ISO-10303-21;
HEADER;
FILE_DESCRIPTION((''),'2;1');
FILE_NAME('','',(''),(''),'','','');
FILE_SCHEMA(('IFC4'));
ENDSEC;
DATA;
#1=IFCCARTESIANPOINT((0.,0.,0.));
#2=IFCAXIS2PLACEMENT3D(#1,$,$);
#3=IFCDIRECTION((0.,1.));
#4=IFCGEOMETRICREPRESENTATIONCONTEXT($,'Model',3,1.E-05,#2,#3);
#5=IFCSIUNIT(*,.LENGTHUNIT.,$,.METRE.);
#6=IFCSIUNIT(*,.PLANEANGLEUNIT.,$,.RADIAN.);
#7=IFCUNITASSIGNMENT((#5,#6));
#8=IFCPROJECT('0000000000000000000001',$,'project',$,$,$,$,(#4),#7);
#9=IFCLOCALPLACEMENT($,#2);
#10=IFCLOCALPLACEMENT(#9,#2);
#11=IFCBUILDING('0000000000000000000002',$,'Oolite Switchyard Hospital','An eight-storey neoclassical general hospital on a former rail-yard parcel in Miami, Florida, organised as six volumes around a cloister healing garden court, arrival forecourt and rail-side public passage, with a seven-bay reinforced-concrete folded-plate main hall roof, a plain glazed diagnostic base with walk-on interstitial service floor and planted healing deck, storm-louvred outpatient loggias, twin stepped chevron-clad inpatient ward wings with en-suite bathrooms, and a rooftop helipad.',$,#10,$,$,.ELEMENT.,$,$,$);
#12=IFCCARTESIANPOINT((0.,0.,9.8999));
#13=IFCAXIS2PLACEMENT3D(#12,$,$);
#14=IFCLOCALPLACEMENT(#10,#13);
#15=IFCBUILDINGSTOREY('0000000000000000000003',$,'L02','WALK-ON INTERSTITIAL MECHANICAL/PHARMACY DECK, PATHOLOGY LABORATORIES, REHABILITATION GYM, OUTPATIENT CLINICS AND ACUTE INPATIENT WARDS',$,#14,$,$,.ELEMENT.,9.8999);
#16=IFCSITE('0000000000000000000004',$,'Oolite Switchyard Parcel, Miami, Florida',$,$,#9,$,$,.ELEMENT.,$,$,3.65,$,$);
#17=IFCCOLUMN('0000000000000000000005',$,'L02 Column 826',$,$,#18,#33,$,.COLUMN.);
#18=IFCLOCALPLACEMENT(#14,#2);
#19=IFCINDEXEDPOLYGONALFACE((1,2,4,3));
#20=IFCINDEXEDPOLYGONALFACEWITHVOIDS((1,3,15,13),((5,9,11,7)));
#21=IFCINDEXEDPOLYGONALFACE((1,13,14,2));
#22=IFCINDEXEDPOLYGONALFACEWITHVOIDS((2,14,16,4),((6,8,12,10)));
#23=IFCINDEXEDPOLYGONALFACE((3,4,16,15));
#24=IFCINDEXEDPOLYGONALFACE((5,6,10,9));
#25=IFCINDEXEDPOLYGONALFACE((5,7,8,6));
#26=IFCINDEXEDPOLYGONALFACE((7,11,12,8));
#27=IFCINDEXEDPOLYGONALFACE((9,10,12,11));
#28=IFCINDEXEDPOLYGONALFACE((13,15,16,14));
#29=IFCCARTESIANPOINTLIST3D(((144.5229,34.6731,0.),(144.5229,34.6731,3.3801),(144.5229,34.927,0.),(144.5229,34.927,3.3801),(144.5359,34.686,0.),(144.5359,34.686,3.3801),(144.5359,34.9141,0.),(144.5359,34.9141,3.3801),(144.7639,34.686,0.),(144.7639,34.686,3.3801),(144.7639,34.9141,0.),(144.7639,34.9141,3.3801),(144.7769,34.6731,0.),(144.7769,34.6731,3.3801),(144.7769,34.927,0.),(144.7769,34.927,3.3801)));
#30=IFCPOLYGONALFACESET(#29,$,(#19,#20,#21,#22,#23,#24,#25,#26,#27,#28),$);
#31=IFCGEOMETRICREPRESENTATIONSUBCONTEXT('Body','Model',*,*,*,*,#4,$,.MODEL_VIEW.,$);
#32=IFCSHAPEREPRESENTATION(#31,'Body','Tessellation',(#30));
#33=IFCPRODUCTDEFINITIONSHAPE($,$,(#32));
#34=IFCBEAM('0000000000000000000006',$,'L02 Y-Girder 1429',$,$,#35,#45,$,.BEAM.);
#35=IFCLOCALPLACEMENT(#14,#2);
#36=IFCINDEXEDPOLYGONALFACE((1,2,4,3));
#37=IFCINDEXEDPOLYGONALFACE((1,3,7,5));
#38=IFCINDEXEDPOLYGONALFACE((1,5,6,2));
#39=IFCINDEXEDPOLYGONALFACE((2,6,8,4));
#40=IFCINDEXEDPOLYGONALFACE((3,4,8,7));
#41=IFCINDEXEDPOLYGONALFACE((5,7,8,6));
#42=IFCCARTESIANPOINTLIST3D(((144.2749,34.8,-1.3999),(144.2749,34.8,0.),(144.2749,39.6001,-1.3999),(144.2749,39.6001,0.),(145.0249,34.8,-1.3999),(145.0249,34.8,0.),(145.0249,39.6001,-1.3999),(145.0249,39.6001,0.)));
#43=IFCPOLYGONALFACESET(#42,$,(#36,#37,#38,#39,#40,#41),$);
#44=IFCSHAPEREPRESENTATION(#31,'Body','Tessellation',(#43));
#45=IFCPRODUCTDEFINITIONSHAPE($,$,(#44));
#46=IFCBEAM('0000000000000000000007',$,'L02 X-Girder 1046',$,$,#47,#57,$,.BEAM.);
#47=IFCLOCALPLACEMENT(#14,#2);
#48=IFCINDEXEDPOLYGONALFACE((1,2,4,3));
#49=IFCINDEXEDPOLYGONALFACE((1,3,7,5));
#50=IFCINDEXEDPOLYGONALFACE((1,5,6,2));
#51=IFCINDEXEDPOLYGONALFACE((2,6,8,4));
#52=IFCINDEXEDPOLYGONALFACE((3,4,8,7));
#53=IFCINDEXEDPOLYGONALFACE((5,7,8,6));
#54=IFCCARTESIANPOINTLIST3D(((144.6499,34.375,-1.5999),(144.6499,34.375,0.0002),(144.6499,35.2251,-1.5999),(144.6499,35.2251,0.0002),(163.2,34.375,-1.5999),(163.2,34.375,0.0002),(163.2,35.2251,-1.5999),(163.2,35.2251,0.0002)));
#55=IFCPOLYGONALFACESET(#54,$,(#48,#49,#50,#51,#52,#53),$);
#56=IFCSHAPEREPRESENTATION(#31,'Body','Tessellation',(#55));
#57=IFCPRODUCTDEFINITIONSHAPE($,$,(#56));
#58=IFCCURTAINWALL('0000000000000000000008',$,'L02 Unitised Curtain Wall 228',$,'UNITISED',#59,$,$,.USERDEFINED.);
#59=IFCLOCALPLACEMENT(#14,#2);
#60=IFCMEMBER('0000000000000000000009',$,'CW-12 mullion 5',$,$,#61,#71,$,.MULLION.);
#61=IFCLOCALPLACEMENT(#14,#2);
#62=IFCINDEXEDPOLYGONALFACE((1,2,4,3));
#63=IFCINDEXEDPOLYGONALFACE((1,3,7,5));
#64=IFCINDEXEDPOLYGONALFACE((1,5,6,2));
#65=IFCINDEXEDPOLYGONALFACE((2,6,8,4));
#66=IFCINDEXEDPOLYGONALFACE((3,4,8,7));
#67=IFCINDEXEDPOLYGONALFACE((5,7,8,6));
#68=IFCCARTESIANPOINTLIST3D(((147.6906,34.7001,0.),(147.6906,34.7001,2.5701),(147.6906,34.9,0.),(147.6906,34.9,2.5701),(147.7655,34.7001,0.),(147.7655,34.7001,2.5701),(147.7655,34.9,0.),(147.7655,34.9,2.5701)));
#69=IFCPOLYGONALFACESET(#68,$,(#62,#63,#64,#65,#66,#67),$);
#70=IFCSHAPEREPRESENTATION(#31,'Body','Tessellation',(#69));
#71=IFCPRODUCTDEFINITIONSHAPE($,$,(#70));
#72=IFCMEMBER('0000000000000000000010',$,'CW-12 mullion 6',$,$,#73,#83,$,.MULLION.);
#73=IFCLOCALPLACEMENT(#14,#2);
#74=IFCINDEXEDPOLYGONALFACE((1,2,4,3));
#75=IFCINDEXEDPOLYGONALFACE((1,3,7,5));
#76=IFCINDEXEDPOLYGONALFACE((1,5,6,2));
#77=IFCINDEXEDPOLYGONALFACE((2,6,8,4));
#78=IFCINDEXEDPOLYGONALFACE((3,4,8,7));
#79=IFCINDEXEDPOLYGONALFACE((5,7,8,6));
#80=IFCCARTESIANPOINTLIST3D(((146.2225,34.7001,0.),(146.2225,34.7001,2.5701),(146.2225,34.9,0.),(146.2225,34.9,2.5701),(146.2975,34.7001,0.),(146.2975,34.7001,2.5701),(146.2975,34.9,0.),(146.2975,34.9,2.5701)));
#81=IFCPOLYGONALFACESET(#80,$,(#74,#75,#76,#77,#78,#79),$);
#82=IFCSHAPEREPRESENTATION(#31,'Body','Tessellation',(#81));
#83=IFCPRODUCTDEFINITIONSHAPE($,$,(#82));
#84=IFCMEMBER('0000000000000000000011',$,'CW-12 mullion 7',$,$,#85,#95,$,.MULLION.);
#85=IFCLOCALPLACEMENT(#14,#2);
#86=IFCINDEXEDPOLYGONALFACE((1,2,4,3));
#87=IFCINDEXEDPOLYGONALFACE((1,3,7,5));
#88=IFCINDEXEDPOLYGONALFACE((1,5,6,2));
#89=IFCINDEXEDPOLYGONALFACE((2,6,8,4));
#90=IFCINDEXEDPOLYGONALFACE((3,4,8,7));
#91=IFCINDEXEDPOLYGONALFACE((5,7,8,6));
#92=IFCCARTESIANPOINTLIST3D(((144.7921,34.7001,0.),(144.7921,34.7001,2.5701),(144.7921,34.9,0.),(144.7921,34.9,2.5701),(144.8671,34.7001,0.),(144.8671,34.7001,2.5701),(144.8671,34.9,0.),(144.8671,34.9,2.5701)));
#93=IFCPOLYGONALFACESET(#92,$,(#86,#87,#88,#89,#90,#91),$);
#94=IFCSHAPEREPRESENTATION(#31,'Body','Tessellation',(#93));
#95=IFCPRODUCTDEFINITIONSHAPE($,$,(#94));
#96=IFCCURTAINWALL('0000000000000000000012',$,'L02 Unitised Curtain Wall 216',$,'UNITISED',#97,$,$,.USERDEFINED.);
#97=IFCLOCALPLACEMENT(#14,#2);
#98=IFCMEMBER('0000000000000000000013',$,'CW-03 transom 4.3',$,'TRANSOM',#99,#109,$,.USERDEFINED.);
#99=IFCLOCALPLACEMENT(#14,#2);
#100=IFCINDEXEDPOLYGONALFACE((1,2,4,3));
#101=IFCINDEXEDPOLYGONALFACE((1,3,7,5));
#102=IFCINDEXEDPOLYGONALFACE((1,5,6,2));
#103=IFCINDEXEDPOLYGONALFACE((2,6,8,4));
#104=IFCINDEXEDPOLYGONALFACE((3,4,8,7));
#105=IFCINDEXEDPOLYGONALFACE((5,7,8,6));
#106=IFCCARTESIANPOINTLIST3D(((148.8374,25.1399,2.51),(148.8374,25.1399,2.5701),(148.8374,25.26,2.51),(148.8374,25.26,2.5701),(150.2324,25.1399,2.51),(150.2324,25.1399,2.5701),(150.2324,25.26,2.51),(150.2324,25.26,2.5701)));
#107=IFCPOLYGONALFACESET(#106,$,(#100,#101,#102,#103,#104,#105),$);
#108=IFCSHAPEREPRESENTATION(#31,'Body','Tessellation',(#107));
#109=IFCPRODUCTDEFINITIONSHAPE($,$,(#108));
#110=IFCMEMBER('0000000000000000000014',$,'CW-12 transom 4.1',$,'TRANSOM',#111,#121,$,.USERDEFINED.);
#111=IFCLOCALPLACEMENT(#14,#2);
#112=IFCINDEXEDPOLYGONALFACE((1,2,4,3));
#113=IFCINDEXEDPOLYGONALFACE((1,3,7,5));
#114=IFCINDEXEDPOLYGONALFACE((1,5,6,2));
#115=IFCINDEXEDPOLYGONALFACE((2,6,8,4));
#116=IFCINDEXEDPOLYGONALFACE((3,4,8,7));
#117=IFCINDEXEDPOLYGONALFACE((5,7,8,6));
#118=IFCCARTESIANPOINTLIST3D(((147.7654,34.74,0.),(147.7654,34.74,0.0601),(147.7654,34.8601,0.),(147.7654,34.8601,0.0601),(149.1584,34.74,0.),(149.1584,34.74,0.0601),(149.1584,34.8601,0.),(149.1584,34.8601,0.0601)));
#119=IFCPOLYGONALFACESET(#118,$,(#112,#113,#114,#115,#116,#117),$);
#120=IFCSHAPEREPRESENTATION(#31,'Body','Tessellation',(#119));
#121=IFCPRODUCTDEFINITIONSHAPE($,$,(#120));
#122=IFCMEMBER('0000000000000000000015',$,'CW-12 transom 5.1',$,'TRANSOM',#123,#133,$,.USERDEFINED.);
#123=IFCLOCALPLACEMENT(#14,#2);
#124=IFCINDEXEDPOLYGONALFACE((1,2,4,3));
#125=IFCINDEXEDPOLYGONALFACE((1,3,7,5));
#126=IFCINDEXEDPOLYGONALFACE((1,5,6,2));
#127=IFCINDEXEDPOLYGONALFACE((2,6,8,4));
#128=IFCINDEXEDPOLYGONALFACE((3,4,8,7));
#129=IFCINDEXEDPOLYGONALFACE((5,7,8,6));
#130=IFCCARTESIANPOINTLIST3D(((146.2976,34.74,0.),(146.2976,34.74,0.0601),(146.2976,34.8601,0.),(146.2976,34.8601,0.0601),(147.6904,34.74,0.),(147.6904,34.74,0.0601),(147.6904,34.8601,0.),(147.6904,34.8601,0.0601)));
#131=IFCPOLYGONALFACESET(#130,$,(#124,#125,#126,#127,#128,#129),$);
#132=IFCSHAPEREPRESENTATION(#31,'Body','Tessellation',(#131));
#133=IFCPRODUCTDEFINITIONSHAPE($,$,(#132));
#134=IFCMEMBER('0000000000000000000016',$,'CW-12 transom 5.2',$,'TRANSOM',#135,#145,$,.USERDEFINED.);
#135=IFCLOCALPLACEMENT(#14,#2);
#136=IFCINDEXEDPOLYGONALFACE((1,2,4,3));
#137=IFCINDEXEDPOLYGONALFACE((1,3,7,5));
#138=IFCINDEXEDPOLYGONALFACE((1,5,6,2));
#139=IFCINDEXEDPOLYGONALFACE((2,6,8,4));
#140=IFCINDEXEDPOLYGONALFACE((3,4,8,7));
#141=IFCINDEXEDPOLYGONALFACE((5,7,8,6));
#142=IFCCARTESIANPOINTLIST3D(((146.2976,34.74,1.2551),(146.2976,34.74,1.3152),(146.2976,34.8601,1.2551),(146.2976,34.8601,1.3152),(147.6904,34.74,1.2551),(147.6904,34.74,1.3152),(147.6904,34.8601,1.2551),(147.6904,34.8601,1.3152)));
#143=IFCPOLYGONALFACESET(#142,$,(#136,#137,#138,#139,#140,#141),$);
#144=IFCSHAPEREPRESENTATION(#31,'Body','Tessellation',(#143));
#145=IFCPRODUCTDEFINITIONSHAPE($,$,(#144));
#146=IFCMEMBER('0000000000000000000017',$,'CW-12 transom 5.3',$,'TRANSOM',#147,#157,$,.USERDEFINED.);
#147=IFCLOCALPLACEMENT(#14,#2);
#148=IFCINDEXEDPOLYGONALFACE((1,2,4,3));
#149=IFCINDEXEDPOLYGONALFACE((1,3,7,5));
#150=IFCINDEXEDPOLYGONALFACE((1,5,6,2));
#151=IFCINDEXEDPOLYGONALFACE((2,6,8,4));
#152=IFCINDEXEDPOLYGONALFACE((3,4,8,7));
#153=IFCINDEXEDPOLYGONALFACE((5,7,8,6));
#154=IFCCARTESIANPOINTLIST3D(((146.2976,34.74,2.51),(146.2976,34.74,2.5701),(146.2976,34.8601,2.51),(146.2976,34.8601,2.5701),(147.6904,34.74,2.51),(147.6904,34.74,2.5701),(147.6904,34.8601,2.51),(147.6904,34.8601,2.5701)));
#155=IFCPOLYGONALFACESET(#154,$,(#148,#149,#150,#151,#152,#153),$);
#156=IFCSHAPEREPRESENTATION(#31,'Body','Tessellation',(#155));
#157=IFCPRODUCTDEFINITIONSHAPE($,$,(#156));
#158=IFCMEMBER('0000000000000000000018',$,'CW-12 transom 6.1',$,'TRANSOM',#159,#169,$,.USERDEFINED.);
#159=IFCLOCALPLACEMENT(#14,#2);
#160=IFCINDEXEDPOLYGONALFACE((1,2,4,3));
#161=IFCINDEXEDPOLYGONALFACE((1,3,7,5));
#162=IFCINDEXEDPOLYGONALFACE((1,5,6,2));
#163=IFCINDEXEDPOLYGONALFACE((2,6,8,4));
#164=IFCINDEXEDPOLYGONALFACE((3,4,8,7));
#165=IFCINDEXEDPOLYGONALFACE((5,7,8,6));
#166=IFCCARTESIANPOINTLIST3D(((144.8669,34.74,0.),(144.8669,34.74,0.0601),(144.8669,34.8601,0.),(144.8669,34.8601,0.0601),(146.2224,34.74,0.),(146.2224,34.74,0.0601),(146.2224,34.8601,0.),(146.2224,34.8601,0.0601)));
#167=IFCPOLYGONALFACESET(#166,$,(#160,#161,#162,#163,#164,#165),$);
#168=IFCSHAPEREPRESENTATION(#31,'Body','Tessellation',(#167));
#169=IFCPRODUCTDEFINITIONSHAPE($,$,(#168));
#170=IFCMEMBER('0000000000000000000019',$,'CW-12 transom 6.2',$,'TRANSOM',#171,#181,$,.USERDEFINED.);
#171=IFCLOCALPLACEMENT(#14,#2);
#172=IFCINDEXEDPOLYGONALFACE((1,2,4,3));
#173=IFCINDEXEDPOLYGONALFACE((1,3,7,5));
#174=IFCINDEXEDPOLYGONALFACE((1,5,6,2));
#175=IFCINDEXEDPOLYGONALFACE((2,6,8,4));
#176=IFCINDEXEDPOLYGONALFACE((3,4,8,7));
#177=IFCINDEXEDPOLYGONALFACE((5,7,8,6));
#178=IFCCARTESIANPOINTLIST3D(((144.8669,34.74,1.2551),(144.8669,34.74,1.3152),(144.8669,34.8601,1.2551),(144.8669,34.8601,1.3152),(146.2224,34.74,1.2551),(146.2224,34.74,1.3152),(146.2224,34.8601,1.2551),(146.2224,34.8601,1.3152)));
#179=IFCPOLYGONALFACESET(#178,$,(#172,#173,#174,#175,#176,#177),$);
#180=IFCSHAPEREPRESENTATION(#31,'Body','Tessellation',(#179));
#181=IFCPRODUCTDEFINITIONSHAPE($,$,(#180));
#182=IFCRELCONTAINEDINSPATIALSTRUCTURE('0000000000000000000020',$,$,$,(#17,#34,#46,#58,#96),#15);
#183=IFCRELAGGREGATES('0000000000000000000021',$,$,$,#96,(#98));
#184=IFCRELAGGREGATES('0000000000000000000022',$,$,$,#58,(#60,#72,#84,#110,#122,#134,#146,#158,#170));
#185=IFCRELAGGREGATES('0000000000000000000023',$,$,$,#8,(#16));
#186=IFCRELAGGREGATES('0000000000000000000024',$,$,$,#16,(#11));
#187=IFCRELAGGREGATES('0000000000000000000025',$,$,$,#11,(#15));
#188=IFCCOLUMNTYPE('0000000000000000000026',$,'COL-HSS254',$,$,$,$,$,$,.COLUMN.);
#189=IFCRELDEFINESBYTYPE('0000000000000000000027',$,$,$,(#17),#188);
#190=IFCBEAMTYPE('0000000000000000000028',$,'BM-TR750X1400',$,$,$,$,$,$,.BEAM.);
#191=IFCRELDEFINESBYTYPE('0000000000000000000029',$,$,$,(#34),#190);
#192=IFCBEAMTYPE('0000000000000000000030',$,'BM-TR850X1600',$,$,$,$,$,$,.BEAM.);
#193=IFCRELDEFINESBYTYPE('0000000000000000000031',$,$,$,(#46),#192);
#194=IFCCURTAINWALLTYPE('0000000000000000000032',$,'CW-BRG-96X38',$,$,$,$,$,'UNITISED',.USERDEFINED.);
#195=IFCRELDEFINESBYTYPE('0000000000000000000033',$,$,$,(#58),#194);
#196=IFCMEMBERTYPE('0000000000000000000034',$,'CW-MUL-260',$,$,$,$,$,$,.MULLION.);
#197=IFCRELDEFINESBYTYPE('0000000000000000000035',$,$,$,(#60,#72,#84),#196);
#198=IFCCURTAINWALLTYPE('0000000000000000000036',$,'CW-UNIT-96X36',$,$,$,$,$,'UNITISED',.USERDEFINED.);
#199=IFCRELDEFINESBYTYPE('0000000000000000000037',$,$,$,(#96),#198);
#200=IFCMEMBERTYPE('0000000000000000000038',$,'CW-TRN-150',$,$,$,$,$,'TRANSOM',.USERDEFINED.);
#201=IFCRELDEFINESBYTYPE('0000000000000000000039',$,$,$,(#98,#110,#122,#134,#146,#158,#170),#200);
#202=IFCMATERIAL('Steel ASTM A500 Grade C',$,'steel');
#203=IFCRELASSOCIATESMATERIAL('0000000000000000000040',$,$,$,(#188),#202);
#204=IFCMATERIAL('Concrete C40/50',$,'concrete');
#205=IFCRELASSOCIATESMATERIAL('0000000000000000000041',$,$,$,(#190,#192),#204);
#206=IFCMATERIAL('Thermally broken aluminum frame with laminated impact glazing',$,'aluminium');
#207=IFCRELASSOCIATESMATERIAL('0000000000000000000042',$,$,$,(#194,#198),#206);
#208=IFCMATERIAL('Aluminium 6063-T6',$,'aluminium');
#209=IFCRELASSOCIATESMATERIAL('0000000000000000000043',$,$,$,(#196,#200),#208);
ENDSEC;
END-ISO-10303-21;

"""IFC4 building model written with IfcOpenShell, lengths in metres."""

from ifc_helpers import new_model, si_unit, direction, frame, origin, origin_2d, place, context, subcontext, project, spatial, rectangle, hollow_rectangle, extrude, material, material_profile, profile_set, type_object, element, aggregate, save


model = new_model("IFC4")

# Units and contexts
model_context = context("Model", 3, precision=1e-05, world=origin(), true_north=direction((0.0, 1.0)))
body_context = subcontext(model_context, "Body", "Model", "MODEL_VIEW")
ifc_project = project(units=[si_unit("LENGTHUNIT", "METRE"), si_unit("PLANEANGLEUNIT", "RADIAN")], contexts=[model_context])

# Site, building, storey
site_placement = place(None, origin())
site = spatial("IfcSite", under=ifc_project, at=site_placement, Name="Oolite Switchyard Parcel, Miami, Florida", CompositionType="ELEMENT", RefElevation=3.65)
building_placement = place(site_placement, origin())
building = spatial("IfcBuilding", under=site, at=building_placement, Name="Oolite Switchyard Hospital", Description="An eight-storey neoclassical general hospital on a former rail-yard parcel in Miami, Florida, organised as six volumes around a cloister healing garden court, arrival forecourt and rail-side public passage, with a seven-bay reinforced-concrete folded-plate main hall roof, a plain glazed diagnostic base with walk-on interstitial service floor and planted healing deck, storm-louvred outpatient loggias, twin stepped chevron-clad inpatient ward wings with en-suite bathrooms, and a rooftop helipad.", CompositionType="ELEMENT")
storey_placement = place(building_placement, frame((0.0, 0.0, 9.8999)))
storey = spatial("IfcBuildingStorey", under=building, at=storey_placement, Name="L02", Description="WALK-ON INTERSTITIAL MECHANICAL/PHARMACY DECK, PATHOLOGY LABORATORIES, REHABILITATION GYM, OUTPATIENT CLINICS AND ACUTE INPATIENT WARDS", CompositionType="ELEMENT", Elevation=9.8999)

# Column
ifc_material_1 = material(Name="Steel ASTM A500 Grade C", Category="steel")
ifc_material_profile_1 = material_profile(ifc_material_1, hollow_rectangle(XDim=0.2539, YDim=0.2539, WallThickness=0.0129, at=origin_2d()), Name="HSS254X254X13")
ifc_profile_set_1 = profile_set([ifc_material_profile_1], Name="Steel ASTM A500 Grade C")
column_type = type_object("IfcColumnType", Name="COL-HSS254", PredefinedType="COLUMN", material=ifc_profile_set_1)
column_placement = place(storey_placement, frame((144.6499, 34.8, 0.0), z_axis=(0.0, 0.0, 1.0), x_axis=(1.0, 0.0, 0.0)))
element("IfcColumn", 1, at=column_placement, inside=storey, type_object=column_type, Name="L02 Column 826", PredefinedType="COLUMN", context=body_context, shape_type="SweptSolid", body=[
    extrude(hollow_rectangle(XDim=0.2539, YDim=0.2539, WallThickness=0.0129, at=origin_2d()), origin(), (0.0, 0.0, 1.0), 3.3801),
])

# Beams
ifc_material_2 = material(Name="Concrete C40/50", Category="concrete")
ifc_material_profile_2 = material_profile(ifc_material_2, rectangle(XDim=0.75, YDim=1.3999, at=origin_2d()), Name="RCT750X1400")
ifc_profile_set_2 = profile_set([ifc_material_profile_2], Name="Concrete C40/50")
beam_type_1 = type_object("IfcBeamType", Name="BM-TR750X1400", PredefinedType="BEAM", material=ifc_profile_set_2)
beam_1_placement = place(storey_placement, frame((144.6499, 34.8, -0.7), z_axis=(0.0, 1.0, 0.0), x_axis=(-1.0, 0.0, 0.0)))
element("IfcBeam", 2, at=beam_1_placement, inside=storey, type_object=beam_type_1, Name="L02 Y-Girder 1429", PredefinedType="BEAM", context=body_context, shape_type="SweptSolid", body=[
    extrude(rectangle(XDim=0.75, YDim=1.3999, at=origin_2d()), origin(), (0.0, 0.0, 1.0), 4.8),
])
ifc_material_profile_3 = material_profile(ifc_material_2, rectangle(XDim=0.8501, YDim=1.6001, at=origin_2d()), Name="RCT850X1600")
ifc_profile_set_3 = profile_set([ifc_material_profile_3], Name="Concrete C40/50")
beam_type_2 = type_object("IfcBeamType", Name="BM-TR850X1600", PredefinedType="BEAM", material=ifc_profile_set_3)
beam_2_placement = place(storey_placement, frame((144.6499, 34.8, -0.7998), z_axis=(1.0, 0.0, 0.0), x_axis=(0.0, 1.0, 0.0)))
element("IfcBeam", 3, at=beam_2_placement, inside=storey, type_object=beam_type_2, Name="L02 X-Girder 1046", PredefinedType="BEAM", context=body_context, shape_type="SweptSolid", body=[
    extrude(rectangle(XDim=0.8501, YDim=1.6001, at=origin_2d()), origin(), (0.0, 0.0, 1.0), 18.55),
])

# Curtain wall, members
ifc_material_3 = material(Name="Thermally broken aluminum frame with laminated impact glazing", Category="aluminium")
curtain_wall_type_1 = type_object("IfcCurtainWallType", Name="CW-BRG-96X38", ElementType="UNITISED", PredefinedType="USERDEFINED", material=ifc_material_3)
curtain_wall_1_placement = place(storey_placement, origin())
curtain_wall_1 = element("IfcCurtainWall", 4, at=curtain_wall_1_placement, inside=storey, type_object=curtain_wall_type_1, Name="L02 Unitised Curtain Wall 228", ObjectType="UNITISED", PredefinedType="USERDEFINED")
ifc_material_4 = material(Name="Aluminium 6063-T6", Category="aluminium")
ifc_material_profile_4 = material_profile(ifc_material_4, rectangle(XDim=0.2, YDim=0.075, at=origin_2d()), Name="CWM75X200")
ifc_profile_set_4 = profile_set([ifc_material_profile_4], Name="Aluminium 6063-T6")
member_type_1 = type_object("IfcMemberType", Name="CW-MUL-260", PredefinedType="MULLION", material=ifc_profile_set_4)
member_1_placement = place(storey_placement, frame((147.728, 34.8, 0.0), z_axis=(0.0, 0.0, 1.0), x_axis=(0.0, -1.0, 0.0)))
member_1 = element("IfcMember", 5, at=member_1_placement, type_object=member_type_1, Name="CW-12 mullion 5", PredefinedType="MULLION", context=body_context, shape_type="SweptSolid", body=[
    extrude(rectangle(XDim=0.2, YDim=0.075, at=origin_2d()), origin(), (0.0, 0.0, 1.0), 2.5701),
])
member_2_placement = place(storey_placement, frame((146.26, 34.8, 0.0), z_axis=(0.0, 0.0, 1.0), x_axis=(0.0, -1.0, 0.0)))
member_2 = element("IfcMember", 6, at=member_2_placement, type_object=member_type_1, Name="CW-12 mullion 6", PredefinedType="MULLION", context=body_context, shape_type="SweptSolid", body=[
    extrude(rectangle(XDim=0.2, YDim=0.075, at=origin_2d()), origin(), (0.0, 0.0, 1.0), 2.5701),
])
member_3_placement = place(storey_placement, frame((144.8296, 34.8, 0.0), z_axis=(0.0, 0.0, 1.0), x_axis=(0.0, -1.0, 0.0)))
member_3 = element("IfcMember", 7, at=member_3_placement, type_object=member_type_1, Name="CW-12 mullion 7", PredefinedType="MULLION", context=body_context, shape_type="SweptSolid", body=[
    extrude(rectangle(XDim=0.2, YDim=0.075, at=origin_2d()), origin(), (0.0, 0.0, 1.0), 2.5701),
])

# Curtain wall, member
curtain_wall_type_2 = type_object("IfcCurtainWallType", Name="CW-UNIT-96X36", ElementType="UNITISED", PredefinedType="USERDEFINED", material=ifc_material_3)
curtain_wall_2_placement = place(storey_placement, origin())
curtain_wall_2 = element("IfcCurtainWall", 8, at=curtain_wall_2_placement, inside=storey, type_object=curtain_wall_type_2, Name="L02 Unitised Curtain Wall 216", ObjectType="UNITISED", PredefinedType="USERDEFINED")
ifc_material_profile_5 = material_profile(ifc_material_4, rectangle(XDim=0.1201, YDim=0.0601, at=origin_2d()), Name="CWT60X120")
ifc_profile_set_5 = profile_set([ifc_material_profile_5], Name="Aluminium 6063-T6")
member_type_2 = type_object("IfcMemberType", Name="CW-TRN-150", ElementType="TRANSOM", PredefinedType="USERDEFINED", material=ifc_profile_set_5)
member_4_placement = place(storey_placement, frame((148.8374, 25.2, 2.54), z_axis=(1.0, 0.0, 0.0), x_axis=(0.0, 1.0, 0.0)))
member_4 = element("IfcMember", 9, at=member_4_placement, type_object=member_type_2, Name="CW-03 transom 4.3", ObjectType="TRANSOM", PredefinedType="USERDEFINED", context=body_context, shape_type="SweptSolid", body=[
    extrude(rectangle(XDim=0.1201, YDim=0.0601, at=origin_2d()), origin(), (0.0, 0.0, 1.0), 1.395),
])
aggregate(curtain_wall_2, [member_4])

# Members
member_5_placement = place(storey_placement, frame((149.1584, 34.8, 0.03), z_axis=(-1.0, 0.0, 0.0), x_axis=(0.0, -1.0, 0.0)))
member_5 = element("IfcMember", 10, at=member_5_placement, type_object=member_type_2, Name="CW-12 transom 4.1", ObjectType="TRANSOM", PredefinedType="USERDEFINED", context=body_context, shape_type="SweptSolid", body=[
    extrude(rectangle(XDim=0.1201, YDim=0.0601, at=origin_2d()), origin(), (0.0, 0.0, 1.0), 1.3931),
])
member_6_placement = place(storey_placement, frame((147.6904, 34.8, 0.03), z_axis=(-1.0, 0.0, 0.0), x_axis=(0.0, -1.0, 0.0)))
member_6 = element("IfcMember", 11, at=member_6_placement, type_object=member_type_2, Name="CW-12 transom 5.1", ObjectType="TRANSOM", PredefinedType="USERDEFINED", context=body_context, shape_type="SweptSolid", body=[
    extrude(rectangle(XDim=0.1201, YDim=0.0601, at=origin_2d()), origin(), (0.0, 0.0, 1.0), 1.3928),
])
member_7_placement = place(storey_placement, frame((147.6904, 34.8, 1.2852), z_axis=(-1.0, 0.0, 0.0), x_axis=(0.0, -1.0, 0.0)))
member_7 = element("IfcMember", 12, at=member_7_placement, type_object=member_type_2, Name="CW-12 transom 5.2", ObjectType="TRANSOM", PredefinedType="USERDEFINED", context=body_context, shape_type="SweptSolid", body=[
    extrude(rectangle(XDim=0.1201, YDim=0.0601, at=origin_2d()), origin(), (0.0, 0.0, 1.0), 1.3928),
])
member_8_placement = place(storey_placement, frame((147.6904, 34.8, 2.54), z_axis=(-1.0, 0.0, 0.0), x_axis=(0.0, -1.0, 0.0)))
member_8 = element("IfcMember", 13, at=member_8_placement, type_object=member_type_2, Name="CW-12 transom 5.3", ObjectType="TRANSOM", PredefinedType="USERDEFINED", context=body_context, shape_type="SweptSolid", body=[
    extrude(rectangle(XDim=0.1201, YDim=0.0601, at=origin_2d()), origin(), (0.0, 0.0, 1.0), 1.3928),
])
member_9_placement = place(storey_placement, frame((146.2224, 34.8, 0.03), z_axis=(-1.0, 0.0, 0.0), x_axis=(0.0, -1.0, 0.0)))
member_9 = element("IfcMember", 14, at=member_9_placement, type_object=member_type_2, Name="CW-12 transom 6.1", ObjectType="TRANSOM", PredefinedType="USERDEFINED", context=body_context, shape_type="SweptSolid", body=[
    extrude(rectangle(XDim=0.1201, YDim=0.0601, at=origin_2d()), origin(), (0.0, 0.0, 1.0), 1.3555),
])
member_10_placement = place(storey_placement, frame((146.2224, 34.8, 1.2852), z_axis=(-1.0, 0.0, 0.0), x_axis=(0.0, -1.0, 0.0)))
member_10 = element("IfcMember", 15, at=member_10_placement, type_object=member_type_2, Name="CW-12 transom 6.2", ObjectType="TRANSOM", PredefinedType="USERDEFINED", context=body_context, shape_type="SweptSolid", body=[
    extrude(rectangle(XDim=0.1201, YDim=0.0601, at=origin_2d()), origin(), (0.0, 0.0, 1.0), 1.3555),
])

aggregate(curtain_wall_1, [member_1, member_2, member_3, member_5, member_6, member_7, member_8, member_9, member_10])

save(model, "model.ifc")
